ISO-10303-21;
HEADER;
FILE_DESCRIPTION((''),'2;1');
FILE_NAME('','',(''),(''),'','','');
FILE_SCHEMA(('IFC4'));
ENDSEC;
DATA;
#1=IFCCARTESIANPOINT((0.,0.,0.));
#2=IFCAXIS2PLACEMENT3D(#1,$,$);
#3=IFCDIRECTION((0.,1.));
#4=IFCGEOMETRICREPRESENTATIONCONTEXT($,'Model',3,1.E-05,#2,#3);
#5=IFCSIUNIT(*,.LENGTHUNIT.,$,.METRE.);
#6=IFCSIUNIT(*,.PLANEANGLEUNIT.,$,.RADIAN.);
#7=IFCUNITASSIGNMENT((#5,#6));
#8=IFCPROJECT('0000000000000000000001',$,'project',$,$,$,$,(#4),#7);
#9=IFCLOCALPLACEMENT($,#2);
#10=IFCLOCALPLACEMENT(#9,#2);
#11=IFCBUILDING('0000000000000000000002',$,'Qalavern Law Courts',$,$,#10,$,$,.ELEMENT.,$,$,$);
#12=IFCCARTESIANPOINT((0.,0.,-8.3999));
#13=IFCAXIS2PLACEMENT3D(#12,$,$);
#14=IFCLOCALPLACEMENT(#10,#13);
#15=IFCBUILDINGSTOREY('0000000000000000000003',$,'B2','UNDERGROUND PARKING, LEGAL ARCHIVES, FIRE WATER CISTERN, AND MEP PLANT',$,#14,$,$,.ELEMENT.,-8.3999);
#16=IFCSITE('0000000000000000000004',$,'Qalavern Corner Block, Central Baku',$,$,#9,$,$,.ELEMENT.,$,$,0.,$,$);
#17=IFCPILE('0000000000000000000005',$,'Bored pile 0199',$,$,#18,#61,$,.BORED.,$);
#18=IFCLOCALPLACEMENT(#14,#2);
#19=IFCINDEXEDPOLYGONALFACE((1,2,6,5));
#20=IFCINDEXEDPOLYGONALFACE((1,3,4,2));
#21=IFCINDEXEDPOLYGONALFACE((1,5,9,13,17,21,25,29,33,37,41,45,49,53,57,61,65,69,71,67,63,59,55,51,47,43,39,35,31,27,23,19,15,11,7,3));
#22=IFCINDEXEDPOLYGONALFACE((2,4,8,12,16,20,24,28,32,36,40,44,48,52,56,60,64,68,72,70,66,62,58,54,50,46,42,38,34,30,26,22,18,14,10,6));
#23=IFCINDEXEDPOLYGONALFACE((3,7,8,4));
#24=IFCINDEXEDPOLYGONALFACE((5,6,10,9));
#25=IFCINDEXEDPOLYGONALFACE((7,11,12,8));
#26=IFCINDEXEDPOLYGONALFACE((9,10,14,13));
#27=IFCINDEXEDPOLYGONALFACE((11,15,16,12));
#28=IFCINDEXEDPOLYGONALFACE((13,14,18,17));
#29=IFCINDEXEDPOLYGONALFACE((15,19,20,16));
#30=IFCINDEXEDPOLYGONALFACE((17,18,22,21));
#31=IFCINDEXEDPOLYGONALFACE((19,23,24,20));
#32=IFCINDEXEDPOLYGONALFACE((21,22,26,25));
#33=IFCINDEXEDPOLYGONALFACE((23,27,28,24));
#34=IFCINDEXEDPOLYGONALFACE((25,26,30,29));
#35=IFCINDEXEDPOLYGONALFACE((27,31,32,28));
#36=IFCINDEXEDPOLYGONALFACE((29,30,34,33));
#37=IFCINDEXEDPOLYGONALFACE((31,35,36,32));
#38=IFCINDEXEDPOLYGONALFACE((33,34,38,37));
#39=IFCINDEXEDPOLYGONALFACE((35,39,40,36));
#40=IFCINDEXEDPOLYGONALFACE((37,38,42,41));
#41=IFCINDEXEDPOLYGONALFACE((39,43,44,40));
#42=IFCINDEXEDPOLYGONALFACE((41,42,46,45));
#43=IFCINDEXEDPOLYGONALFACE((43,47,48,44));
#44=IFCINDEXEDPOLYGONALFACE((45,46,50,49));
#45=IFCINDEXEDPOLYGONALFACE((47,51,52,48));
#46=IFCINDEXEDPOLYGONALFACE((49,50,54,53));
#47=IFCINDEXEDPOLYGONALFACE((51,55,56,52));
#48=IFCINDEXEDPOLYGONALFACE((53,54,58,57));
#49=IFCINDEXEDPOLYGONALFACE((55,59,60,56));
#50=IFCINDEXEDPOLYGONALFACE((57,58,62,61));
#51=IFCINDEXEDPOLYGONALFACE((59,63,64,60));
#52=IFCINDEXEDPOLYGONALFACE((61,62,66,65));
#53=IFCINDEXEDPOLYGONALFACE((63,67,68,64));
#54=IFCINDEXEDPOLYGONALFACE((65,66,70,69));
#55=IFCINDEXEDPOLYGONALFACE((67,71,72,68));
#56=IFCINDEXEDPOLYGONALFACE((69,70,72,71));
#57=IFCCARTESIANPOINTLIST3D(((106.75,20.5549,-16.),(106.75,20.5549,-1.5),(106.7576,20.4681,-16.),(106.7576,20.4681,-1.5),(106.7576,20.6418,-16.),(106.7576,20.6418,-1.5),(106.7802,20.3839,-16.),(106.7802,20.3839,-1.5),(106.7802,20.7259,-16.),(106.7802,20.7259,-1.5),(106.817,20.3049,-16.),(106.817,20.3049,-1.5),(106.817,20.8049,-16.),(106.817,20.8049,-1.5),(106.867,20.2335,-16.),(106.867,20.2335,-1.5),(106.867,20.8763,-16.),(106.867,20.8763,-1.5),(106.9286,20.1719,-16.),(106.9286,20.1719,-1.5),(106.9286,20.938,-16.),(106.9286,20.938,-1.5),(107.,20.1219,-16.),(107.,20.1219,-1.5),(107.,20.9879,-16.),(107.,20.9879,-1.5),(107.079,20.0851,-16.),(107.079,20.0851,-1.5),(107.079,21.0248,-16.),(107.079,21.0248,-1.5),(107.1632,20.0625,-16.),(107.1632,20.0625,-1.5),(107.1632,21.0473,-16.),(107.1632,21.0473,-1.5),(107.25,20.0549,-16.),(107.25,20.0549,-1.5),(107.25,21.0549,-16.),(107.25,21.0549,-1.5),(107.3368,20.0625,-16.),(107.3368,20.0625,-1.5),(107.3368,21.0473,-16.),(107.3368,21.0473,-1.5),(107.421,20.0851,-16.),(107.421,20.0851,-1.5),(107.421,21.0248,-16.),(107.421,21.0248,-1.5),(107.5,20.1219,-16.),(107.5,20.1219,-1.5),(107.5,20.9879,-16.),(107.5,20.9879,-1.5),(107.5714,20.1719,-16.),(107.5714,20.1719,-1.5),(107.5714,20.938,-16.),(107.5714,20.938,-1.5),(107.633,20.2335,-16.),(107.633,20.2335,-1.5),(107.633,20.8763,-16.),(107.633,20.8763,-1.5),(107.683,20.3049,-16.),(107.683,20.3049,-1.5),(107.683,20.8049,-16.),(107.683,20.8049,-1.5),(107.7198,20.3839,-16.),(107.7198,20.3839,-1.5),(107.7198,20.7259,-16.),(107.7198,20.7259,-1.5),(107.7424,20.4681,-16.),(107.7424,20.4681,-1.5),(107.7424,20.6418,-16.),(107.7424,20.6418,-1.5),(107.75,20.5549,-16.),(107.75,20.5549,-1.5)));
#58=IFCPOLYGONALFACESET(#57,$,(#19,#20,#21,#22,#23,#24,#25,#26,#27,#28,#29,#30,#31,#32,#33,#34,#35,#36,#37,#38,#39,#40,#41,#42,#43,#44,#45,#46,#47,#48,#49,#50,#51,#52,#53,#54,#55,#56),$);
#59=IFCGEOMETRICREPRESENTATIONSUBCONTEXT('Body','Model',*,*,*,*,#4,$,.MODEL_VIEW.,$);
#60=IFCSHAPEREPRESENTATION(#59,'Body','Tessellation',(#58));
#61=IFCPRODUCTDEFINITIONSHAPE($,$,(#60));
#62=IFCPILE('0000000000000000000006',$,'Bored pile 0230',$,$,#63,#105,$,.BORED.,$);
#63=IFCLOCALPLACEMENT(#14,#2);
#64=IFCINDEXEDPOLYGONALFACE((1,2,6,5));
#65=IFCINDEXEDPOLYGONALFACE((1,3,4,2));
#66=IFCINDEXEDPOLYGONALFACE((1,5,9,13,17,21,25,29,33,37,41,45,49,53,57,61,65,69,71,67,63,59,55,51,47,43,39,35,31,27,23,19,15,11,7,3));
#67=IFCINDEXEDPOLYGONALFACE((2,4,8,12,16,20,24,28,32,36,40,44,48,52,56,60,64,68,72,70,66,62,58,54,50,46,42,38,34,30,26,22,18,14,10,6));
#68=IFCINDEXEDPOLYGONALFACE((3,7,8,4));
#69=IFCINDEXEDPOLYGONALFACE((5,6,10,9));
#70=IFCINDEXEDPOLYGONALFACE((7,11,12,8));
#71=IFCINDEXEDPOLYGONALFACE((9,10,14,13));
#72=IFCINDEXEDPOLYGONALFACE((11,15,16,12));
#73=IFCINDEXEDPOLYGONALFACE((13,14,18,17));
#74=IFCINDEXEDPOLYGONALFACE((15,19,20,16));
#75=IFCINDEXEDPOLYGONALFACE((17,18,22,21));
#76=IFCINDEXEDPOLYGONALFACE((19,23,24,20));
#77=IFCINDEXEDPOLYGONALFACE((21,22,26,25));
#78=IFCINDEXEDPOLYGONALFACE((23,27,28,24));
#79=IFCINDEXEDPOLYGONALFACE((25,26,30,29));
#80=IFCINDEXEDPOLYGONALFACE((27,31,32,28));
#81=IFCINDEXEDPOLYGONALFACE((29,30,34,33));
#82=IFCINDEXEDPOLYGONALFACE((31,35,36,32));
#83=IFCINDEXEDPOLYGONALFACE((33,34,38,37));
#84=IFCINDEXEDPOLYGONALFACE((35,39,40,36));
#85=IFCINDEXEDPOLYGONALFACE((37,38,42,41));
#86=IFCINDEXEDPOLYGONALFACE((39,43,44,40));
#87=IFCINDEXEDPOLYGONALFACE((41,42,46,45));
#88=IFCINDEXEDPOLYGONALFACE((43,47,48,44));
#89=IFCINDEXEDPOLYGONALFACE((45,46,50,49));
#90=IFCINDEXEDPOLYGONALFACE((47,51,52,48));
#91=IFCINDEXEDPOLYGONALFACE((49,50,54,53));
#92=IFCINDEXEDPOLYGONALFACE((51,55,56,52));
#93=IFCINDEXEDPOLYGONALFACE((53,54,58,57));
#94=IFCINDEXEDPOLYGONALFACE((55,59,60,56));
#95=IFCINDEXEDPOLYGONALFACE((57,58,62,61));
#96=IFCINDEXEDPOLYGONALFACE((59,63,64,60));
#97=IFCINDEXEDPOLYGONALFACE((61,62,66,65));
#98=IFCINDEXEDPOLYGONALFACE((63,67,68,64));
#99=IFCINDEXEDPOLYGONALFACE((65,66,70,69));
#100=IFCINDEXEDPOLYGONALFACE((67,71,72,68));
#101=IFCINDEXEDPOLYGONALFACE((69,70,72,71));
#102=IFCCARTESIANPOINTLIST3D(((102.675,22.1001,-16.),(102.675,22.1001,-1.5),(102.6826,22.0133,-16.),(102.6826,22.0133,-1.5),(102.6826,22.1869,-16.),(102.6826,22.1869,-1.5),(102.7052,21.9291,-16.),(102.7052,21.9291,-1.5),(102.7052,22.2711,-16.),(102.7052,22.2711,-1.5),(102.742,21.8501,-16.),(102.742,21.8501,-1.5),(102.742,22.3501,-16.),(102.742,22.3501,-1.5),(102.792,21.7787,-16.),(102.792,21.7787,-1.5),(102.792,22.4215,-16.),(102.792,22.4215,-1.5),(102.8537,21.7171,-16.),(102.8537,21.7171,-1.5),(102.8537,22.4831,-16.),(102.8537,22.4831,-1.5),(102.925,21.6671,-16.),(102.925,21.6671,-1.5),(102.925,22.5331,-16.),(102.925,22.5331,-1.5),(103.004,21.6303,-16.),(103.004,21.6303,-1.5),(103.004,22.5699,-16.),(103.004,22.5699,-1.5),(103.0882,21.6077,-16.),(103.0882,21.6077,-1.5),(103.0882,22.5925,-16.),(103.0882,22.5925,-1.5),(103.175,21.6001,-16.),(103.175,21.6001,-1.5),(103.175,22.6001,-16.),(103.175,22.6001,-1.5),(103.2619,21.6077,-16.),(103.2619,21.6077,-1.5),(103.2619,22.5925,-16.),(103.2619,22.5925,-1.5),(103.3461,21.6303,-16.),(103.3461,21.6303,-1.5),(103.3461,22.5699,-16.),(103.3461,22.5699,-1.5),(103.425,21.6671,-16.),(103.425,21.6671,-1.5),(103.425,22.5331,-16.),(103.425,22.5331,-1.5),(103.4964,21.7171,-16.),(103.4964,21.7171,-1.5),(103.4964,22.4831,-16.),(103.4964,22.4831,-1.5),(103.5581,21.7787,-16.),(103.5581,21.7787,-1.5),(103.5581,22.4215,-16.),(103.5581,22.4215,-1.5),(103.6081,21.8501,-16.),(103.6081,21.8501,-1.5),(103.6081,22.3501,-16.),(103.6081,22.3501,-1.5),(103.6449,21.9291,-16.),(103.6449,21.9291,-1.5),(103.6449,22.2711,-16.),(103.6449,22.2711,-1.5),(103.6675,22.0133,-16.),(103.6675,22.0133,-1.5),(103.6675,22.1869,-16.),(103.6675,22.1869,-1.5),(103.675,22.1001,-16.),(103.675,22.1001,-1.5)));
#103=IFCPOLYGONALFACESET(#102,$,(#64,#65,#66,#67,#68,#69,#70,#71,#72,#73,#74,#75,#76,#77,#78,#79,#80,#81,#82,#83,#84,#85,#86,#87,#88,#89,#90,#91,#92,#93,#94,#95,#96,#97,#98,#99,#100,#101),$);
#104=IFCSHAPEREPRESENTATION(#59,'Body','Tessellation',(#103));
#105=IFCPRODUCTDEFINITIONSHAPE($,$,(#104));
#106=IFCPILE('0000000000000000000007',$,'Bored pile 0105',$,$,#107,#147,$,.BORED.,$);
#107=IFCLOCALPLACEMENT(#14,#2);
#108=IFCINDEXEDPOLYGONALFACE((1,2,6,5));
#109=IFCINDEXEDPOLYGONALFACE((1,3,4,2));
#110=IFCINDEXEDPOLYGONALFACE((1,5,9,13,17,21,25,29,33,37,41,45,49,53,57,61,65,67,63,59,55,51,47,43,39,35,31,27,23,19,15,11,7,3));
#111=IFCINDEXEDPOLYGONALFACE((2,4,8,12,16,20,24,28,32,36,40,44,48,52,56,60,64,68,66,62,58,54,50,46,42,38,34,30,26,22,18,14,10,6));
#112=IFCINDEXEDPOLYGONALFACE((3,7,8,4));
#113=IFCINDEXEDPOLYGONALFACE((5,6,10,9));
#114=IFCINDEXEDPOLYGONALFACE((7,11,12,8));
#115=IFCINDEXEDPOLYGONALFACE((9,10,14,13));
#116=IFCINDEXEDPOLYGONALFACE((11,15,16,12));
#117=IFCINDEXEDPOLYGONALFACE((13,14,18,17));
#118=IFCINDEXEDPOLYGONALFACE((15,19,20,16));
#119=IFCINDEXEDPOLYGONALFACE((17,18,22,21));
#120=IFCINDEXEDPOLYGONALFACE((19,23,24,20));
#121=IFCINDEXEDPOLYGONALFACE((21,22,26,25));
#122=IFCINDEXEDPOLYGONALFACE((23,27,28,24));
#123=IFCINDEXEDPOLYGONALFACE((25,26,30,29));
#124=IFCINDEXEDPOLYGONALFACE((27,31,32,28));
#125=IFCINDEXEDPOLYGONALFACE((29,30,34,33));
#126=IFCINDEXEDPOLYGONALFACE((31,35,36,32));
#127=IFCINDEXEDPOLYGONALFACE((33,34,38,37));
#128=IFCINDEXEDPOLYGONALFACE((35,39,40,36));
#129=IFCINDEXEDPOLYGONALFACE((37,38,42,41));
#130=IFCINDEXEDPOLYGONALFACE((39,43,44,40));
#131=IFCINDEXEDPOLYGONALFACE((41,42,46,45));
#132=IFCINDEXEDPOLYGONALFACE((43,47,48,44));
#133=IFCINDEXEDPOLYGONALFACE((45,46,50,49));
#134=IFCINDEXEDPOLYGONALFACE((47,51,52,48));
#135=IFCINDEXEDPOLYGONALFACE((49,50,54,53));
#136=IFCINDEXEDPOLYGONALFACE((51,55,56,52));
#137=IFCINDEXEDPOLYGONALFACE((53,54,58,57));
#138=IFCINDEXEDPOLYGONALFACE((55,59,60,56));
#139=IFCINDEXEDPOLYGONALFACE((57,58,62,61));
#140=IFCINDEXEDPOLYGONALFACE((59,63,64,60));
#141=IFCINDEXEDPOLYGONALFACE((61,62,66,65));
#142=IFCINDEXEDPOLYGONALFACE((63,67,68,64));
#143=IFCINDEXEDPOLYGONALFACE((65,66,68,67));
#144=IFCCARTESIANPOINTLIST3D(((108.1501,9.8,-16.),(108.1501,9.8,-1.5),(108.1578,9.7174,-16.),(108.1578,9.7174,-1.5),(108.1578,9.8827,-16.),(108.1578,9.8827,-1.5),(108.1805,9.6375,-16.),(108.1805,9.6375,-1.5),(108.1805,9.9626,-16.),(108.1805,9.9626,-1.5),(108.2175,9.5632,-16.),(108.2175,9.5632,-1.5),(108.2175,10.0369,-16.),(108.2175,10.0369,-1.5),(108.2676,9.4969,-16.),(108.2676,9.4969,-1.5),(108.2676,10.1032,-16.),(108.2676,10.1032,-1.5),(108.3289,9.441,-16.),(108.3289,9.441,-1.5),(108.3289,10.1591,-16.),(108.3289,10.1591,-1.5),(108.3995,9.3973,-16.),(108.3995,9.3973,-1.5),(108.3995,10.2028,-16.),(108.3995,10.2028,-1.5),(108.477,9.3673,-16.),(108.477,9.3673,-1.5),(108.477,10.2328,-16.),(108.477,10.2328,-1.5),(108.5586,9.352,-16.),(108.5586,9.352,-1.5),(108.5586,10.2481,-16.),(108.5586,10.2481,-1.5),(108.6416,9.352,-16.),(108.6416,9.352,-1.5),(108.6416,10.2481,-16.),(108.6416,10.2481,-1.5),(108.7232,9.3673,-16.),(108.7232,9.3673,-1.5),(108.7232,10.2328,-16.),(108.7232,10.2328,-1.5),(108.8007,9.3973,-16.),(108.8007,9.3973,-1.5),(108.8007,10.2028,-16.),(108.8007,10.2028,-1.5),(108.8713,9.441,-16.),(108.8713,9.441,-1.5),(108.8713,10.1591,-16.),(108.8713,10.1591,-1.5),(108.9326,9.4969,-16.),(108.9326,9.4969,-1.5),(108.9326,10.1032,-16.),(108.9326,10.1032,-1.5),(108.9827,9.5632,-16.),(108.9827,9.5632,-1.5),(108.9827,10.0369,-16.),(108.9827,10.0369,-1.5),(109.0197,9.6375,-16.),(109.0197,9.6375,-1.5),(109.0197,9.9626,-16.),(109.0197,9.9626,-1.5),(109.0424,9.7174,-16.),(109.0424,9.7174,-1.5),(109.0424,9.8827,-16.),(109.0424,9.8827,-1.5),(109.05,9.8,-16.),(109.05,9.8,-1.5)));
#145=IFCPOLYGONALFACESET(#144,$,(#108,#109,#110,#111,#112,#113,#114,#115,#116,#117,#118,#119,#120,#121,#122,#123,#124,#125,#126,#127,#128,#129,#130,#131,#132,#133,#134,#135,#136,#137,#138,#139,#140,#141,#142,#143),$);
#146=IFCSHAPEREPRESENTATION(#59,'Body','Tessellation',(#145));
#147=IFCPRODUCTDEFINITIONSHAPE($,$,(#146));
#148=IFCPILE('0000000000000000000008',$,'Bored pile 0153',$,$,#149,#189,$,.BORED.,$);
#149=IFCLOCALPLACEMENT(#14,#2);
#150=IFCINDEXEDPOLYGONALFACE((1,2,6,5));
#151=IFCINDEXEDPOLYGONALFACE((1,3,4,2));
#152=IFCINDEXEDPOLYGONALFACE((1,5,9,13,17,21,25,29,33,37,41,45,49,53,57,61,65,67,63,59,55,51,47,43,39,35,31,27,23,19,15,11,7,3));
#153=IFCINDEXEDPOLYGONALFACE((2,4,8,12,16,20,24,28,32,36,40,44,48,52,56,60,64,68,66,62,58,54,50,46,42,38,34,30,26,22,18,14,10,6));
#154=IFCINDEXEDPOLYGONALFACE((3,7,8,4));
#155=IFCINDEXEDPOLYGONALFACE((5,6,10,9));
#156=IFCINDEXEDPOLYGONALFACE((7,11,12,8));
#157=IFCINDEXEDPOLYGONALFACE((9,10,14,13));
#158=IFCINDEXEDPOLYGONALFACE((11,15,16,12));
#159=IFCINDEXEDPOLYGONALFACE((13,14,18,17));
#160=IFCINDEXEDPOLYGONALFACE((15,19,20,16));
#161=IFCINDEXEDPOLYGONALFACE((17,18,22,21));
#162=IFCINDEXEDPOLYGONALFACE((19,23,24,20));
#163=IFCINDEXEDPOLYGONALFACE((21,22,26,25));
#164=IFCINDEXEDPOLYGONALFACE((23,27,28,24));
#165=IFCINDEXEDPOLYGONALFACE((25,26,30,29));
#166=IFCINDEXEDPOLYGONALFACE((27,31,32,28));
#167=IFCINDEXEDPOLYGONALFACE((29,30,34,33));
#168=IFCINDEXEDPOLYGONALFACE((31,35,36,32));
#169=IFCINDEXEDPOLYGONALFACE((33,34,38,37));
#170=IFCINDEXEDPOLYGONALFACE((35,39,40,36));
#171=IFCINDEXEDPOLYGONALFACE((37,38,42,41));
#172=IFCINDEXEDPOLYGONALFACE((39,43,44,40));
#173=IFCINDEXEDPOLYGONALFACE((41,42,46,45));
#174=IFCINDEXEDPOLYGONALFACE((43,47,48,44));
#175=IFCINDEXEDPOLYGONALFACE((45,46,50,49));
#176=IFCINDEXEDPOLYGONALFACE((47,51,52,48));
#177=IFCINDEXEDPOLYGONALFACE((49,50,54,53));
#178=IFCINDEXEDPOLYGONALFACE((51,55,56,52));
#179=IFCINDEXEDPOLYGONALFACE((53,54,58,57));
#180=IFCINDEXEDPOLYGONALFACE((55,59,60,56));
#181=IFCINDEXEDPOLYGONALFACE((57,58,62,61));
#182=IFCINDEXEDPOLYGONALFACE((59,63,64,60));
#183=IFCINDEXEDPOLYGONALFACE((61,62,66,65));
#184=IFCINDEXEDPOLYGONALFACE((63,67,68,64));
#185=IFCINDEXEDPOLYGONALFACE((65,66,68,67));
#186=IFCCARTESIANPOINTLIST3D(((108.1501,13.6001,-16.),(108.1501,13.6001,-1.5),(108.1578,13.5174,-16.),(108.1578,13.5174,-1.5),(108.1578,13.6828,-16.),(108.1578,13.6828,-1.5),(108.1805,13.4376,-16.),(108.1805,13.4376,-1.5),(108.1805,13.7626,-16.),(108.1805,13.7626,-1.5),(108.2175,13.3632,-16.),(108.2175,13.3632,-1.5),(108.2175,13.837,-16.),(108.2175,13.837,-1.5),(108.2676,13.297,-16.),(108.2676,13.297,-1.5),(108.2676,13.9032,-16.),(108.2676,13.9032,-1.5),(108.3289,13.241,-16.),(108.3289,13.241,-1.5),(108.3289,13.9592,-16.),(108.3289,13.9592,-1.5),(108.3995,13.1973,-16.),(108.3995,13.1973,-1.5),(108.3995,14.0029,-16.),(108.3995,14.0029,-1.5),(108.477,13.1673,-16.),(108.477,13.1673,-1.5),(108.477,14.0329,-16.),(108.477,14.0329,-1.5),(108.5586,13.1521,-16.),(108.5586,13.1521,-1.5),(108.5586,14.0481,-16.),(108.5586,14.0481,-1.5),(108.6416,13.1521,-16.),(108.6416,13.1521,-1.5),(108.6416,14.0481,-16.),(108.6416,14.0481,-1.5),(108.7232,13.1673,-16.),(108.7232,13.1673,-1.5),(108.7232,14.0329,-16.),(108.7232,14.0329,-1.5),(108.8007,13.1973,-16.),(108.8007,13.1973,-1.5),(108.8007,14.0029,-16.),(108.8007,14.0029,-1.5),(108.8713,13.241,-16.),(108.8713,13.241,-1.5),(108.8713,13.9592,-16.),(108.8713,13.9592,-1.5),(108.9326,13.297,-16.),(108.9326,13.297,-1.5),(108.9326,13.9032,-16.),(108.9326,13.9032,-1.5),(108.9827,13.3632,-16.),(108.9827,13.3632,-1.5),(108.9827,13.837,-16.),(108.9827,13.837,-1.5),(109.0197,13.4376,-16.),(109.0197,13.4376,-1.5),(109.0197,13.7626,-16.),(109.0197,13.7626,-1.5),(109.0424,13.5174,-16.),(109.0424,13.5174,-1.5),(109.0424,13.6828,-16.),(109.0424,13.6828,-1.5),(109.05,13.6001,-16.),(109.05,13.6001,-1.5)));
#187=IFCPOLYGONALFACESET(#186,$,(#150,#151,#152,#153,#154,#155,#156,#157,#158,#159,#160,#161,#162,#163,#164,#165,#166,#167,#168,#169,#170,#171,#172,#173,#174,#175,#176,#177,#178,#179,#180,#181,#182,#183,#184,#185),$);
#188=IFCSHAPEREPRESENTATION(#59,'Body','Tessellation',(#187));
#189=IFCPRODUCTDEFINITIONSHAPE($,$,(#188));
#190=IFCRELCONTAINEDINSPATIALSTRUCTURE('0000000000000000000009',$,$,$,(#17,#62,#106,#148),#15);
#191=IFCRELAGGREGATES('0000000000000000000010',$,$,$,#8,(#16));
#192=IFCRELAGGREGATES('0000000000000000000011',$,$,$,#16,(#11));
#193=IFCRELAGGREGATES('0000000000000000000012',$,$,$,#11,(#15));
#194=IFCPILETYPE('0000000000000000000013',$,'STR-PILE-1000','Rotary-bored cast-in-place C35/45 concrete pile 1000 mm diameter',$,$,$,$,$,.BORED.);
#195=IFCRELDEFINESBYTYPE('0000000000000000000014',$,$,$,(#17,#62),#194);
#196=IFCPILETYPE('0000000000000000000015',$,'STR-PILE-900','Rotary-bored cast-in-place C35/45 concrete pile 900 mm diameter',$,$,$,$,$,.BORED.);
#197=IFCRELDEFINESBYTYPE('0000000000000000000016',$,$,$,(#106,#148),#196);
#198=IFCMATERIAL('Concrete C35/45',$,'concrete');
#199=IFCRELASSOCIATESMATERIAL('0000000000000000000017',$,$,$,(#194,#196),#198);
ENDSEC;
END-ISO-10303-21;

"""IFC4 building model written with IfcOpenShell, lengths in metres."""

from ifc_helpers import new_model, si_unit, direction, frame, origin, origin_2d, place, context, subcontext, project, spatial, circle, extrude, material, material_profile, profile_set, type_object, element, save


model = new_model("IFC4")

# Units and contexts
model_context = context("Model", 3, precision=1e-05, world=origin(), true_north=direction((0.0, 1.0)))
body_context = subcontext(model_context, "Body", "Model", "MODEL_VIEW")
ifc_project = project(units=[si_unit("LENGTHUNIT", "METRE"), si_unit("PLANEANGLEUNIT", "RADIAN")], contexts=[model_context])

# Site, building, storey
site_placement = place(None, origin())
site = spatial("IfcSite", under=ifc_project, at=site_placement, Name="Qalavern Corner Block, Central Baku", CompositionType="ELEMENT", RefElevation=0.0)
building_placement = place(site_placement, origin())
building = spatial("IfcBuilding", under=site, at=building_placement, Name="Qalavern Law Courts", CompositionType="ELEMENT")
storey_placement = place(building_placement, frame((0.0, 0.0, -8.3999)))
storey = spatial("IfcBuildingStorey", under=building, at=storey_placement, Name="B2", Description="UNDERGROUND PARKING, LEGAL ARCHIVES, FIRE WATER CISTERN, AND MEP PLANT", CompositionType="ELEMENT", Elevation=-8.3999)

# Shared definitions
ifc_material_1 = material(Name="Concrete C35/45", Category="concrete")

# Piles
ifc_material_profile_1 = material_profile(ifc_material_1, circle(Radius=0.5, at=origin_2d()), Name="BORED PILE 1000")
ifc_profile_set_1 = profile_set([ifc_material_profile_1], Name="Concrete C35/45")
pile_type_1 = type_object("IfcPileType", Name="STR-PILE-1000", Description="Rotary-bored cast-in-place C35/45 concrete pile 1000 mm diameter", PredefinedType="BORED", material=ifc_profile_set_1)
for number, where, z_axis, x_axis, name in (
    (1, (107.25, 20.5549, -1.5), (0.0, 0.0, -1.0), (1.0, 0.0, 0.0), "Bored pile 0199"),
    (2, (103.175, 22.1001, -1.5), (0.0, 0.0, -1.0), (1.0, 0.0, 0.0), "Bored pile 0230"),
):
    element("IfcPile", number, at=place(storey_placement, frame(where, z_axis=z_axis, x_axis=x_axis)), inside=storey, type_object=pile_type_1, Name=name, PredefinedType="BORED", context=body_context, shape_type="SweptSolid", body=[
        extrude(circle(Radius=0.5, at=origin_2d()), origin(), (0.0, 0.0, 1.0), 14.5),
    ])
ifc_material_profile_2 = material_profile(ifc_material_1, circle(Radius=0.45, at=origin_2d()), Name="BORED PILE 900")
ifc_profile_set_2 = profile_set([ifc_material_profile_2], Name="Concrete C35/45")
pile_type_2 = type_object("IfcPileType", Name="STR-PILE-900", Description="Rotary-bored cast-in-place C35/45 concrete pile 900 mm diameter", PredefinedType="BORED", material=ifc_profile_set_2)
for number, where, z_axis, x_axis, name in (
    (3, (108.6001, 9.8, -1.5), (0.0, 0.0, -1.0), (1.0, 0.0, 0.0), "Bored pile 0105"),
    (4, (108.6001, 13.6001, -1.5), (0.0, 0.0, -1.0), (1.0, 0.0, 0.0), "Bored pile 0153"),
):
    element("IfcPile", number, at=place(storey_placement, frame(where, z_axis=z_axis, x_axis=x_axis)), inside=storey, type_object=pile_type_2, Name=name, PredefinedType="BORED", context=body_context, shape_type="SweptSolid", body=[
        extrude(circle(Radius=0.45, at=origin_2d()), origin(), (0.0, 0.0, 1.0), 14.5),
    ])

save(model, "model.ifc")
